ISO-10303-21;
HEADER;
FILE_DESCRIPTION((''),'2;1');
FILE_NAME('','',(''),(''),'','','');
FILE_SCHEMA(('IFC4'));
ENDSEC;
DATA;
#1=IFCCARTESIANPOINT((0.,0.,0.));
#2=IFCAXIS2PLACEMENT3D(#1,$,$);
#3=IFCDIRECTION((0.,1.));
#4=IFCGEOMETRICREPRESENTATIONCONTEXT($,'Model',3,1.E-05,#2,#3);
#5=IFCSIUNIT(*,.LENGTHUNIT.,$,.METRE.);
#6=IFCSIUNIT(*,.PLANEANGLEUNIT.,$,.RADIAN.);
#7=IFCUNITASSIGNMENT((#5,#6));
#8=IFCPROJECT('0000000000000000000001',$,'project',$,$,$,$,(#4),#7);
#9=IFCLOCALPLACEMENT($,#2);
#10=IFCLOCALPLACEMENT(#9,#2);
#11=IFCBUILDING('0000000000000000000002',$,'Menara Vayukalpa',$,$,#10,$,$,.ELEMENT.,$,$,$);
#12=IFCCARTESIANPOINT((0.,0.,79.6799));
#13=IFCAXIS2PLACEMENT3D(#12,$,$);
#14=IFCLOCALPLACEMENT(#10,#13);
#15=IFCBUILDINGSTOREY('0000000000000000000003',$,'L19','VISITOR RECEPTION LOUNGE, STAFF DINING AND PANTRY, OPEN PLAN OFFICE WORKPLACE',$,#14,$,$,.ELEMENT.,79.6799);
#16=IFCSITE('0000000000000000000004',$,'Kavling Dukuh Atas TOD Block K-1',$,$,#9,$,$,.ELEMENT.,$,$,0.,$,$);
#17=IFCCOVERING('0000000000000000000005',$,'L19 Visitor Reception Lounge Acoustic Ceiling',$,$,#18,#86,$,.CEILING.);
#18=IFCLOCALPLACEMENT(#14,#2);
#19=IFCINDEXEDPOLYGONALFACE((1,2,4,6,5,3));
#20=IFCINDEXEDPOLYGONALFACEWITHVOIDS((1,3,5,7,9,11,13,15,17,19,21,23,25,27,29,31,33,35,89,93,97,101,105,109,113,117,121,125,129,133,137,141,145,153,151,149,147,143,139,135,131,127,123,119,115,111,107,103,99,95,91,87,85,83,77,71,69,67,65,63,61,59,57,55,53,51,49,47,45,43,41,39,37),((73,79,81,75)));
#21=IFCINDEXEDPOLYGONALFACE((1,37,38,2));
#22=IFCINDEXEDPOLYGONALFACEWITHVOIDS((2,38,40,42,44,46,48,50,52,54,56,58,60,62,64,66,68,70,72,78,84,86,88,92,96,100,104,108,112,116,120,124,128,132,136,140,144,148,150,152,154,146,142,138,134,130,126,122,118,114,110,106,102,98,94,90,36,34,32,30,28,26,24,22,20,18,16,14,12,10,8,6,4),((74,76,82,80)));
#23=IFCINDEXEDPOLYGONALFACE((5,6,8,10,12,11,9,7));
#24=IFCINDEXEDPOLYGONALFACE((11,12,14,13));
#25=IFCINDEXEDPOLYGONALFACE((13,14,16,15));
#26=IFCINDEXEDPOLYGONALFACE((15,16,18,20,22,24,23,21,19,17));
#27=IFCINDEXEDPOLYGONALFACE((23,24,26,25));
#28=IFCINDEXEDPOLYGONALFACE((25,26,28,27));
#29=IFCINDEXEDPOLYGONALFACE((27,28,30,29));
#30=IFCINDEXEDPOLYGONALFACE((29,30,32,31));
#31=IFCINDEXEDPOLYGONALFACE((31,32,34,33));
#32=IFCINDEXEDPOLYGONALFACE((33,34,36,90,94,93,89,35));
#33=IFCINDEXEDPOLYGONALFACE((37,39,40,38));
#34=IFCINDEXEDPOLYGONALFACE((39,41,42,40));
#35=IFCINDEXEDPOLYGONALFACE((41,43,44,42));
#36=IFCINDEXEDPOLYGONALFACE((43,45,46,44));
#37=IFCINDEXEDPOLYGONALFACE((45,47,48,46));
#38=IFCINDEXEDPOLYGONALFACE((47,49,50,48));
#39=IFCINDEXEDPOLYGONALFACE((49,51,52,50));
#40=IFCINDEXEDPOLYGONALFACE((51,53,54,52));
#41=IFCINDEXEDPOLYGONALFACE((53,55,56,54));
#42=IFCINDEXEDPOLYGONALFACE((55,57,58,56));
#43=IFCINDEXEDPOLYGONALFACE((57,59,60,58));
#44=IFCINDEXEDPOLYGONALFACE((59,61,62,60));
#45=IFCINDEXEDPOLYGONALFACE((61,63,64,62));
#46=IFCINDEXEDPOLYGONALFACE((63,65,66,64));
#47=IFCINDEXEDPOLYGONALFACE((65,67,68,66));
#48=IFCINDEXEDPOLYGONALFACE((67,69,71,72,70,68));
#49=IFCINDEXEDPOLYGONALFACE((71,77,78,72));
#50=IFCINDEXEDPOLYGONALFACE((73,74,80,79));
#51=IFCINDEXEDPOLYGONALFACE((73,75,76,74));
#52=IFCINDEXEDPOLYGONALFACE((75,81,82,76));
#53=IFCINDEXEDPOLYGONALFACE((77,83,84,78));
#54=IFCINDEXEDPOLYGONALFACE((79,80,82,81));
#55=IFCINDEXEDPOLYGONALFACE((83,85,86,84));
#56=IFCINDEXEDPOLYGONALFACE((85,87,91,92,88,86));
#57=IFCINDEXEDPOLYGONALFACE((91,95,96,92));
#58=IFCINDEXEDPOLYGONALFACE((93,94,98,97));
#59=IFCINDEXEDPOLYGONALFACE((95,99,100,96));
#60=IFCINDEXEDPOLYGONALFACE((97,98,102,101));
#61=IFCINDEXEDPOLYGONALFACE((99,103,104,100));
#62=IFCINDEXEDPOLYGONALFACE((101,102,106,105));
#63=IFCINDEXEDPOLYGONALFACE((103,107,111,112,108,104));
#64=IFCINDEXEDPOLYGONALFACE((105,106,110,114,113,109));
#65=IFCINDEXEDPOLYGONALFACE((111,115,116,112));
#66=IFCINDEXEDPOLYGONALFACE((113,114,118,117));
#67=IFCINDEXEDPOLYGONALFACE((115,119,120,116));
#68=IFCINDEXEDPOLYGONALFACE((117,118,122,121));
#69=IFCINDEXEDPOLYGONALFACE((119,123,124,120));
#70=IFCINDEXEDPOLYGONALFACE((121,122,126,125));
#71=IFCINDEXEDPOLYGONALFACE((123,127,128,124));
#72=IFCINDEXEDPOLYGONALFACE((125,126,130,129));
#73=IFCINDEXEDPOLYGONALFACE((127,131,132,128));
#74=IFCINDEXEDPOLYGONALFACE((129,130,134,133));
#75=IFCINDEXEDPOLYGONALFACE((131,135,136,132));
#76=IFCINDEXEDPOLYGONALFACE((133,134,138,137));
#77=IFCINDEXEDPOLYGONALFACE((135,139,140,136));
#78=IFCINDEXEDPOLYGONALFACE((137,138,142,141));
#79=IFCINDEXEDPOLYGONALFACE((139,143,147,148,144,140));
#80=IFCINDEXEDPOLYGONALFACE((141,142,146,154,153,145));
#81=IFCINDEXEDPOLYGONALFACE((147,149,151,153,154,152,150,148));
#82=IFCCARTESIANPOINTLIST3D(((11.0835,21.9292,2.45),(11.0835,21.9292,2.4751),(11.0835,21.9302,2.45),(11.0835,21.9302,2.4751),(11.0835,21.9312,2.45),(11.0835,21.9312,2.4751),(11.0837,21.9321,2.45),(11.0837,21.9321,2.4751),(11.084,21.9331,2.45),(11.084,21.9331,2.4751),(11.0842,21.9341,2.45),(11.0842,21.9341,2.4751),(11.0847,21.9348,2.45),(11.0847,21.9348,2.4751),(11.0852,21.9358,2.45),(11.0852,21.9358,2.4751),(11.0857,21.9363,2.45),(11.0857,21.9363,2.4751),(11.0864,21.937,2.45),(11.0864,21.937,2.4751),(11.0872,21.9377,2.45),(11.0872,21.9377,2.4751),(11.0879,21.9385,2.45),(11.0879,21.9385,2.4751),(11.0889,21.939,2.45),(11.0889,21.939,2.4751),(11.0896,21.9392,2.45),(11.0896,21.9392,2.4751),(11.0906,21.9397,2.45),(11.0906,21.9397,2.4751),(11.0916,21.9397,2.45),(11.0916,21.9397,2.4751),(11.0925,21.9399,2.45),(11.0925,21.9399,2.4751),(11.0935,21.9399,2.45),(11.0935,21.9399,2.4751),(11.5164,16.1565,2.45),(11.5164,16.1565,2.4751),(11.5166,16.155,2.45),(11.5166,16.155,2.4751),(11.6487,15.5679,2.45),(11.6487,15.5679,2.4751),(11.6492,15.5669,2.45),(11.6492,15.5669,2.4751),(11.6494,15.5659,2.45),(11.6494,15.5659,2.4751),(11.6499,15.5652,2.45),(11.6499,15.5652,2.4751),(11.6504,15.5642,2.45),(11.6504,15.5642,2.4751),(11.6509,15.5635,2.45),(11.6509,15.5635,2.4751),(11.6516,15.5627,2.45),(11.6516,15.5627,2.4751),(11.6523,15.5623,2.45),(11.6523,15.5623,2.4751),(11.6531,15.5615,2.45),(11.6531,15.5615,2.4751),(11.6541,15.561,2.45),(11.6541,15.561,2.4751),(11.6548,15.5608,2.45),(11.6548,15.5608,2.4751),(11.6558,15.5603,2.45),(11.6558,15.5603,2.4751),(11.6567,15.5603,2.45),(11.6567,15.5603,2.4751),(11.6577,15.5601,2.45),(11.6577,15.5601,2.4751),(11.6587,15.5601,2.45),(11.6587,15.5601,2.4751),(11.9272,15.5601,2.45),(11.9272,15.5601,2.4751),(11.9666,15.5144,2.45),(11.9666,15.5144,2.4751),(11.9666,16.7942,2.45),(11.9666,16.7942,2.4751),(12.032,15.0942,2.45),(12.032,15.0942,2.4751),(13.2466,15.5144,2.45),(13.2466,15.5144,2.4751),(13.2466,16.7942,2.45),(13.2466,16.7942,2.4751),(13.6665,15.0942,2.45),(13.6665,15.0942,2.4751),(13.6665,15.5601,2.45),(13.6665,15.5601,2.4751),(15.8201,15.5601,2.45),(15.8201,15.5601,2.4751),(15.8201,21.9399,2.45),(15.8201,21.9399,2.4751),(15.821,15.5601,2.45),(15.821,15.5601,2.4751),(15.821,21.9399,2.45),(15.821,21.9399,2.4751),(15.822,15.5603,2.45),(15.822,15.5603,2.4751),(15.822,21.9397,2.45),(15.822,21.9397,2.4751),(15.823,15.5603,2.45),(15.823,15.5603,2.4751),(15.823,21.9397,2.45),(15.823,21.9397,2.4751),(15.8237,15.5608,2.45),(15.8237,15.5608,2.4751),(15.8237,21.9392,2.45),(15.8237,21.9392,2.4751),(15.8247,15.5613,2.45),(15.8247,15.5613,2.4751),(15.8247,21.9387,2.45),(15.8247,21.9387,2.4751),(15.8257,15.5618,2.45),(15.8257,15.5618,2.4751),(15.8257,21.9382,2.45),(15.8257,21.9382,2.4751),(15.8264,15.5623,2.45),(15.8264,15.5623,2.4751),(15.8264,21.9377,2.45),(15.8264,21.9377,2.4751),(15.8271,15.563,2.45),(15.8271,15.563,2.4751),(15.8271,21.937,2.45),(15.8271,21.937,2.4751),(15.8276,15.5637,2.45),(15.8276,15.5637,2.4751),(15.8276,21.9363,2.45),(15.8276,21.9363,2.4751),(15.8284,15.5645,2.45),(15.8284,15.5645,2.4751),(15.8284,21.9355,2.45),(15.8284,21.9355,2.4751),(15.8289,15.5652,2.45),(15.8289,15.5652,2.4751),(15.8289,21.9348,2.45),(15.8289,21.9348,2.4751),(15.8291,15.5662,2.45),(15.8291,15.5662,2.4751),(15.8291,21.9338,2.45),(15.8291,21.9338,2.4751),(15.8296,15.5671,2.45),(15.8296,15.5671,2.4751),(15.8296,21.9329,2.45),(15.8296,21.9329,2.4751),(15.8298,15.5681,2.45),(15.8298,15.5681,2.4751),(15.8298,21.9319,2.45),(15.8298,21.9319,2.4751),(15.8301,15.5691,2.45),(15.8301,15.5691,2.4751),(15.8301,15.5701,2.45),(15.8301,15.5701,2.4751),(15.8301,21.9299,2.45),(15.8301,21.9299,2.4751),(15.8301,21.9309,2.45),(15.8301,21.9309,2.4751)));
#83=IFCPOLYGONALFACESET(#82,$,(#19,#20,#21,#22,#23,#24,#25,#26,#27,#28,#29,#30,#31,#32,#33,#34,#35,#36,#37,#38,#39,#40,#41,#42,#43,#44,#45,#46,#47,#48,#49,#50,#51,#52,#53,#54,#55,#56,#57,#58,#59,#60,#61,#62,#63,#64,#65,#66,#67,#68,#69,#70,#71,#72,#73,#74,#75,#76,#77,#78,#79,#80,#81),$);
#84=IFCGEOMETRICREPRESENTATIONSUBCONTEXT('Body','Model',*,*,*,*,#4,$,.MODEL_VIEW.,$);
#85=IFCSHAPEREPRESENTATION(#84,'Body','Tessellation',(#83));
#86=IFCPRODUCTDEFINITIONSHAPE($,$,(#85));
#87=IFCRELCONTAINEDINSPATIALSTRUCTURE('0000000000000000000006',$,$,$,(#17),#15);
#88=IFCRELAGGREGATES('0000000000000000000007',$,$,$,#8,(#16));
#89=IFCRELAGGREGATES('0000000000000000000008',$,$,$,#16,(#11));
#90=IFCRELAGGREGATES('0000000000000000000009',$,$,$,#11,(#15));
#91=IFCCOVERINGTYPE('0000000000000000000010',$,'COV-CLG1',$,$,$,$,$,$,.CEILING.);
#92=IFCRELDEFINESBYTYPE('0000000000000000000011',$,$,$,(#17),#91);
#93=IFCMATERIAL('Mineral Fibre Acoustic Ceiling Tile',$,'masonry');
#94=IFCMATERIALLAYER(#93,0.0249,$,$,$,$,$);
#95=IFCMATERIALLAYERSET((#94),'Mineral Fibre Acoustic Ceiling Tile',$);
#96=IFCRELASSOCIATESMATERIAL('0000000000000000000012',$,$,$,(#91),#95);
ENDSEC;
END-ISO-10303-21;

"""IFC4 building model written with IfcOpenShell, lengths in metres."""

from ifc_helpers import new_model, si_unit, direction, frame, origin, place, context, subcontext, project, spatial, polyline, outline, extrude, material, layer, layer_set, type_object, element, save


model = new_model("IFC4")

# Units and contexts
model_context = context("Model", 3, precision=1e-05, world=origin(), true_north=direction((0.0, 1.0)))
body_context = subcontext(model_context, "Body", "Model", "MODEL_VIEW")
ifc_project = project(units=[si_unit("LENGTHUNIT", "METRE"), si_unit("PLANEANGLEUNIT", "RADIAN")], contexts=[model_context])

# Site, building, storey
site_placement = place(None, origin())
site = spatial("IfcSite", under=ifc_project, at=site_placement, Name="Kavling Dukuh Atas TOD Block K-1", CompositionType="ELEMENT", RefElevation=0.0)
building_placement = place(site_placement, origin())
building = spatial("IfcBuilding", under=site, at=building_placement, Name="Menara Vayukalpa", CompositionType="ELEMENT")
storey_placement = place(building_placement, frame((0.0, 0.0, 79.6799)))
storey = spatial("IfcBuildingStorey", under=building, at=storey_placement, Name="L19", Description="VISITOR RECEPTION LOUNGE, STAFF DINING AND PANTRY, OPEN PLAN OFFICE WORKPLACE", CompositionType="ELEMENT", Elevation=79.6799)

# Covering
ifc_material_1 = material(Name="Mineral Fibre Acoustic Ceiling Tile", Category="masonry")
ifc_layer_1 = layer(ifc_material_1, 0.0249)
ifc_layer_set_1 = layer_set([ifc_layer_1], Name="Mineral Fibre Acoustic Ceiling Tile")
covering_type_1 = type_object("IfcCoveringType", Name="COV-CLG1", PredefinedType="CEILING", material=ifc_layer_set_1)
covering_1_placement = place(storey_placement, frame((0.0, 0.0, 2.45)))
element("IfcCovering", 1, at=covering_1_placement, inside=storey, type_object=covering_type_1, Name="L19 Visitor Reception Lounge Acoustic Ceiling", PredefinedType="CEILING", context=body_context, shape_type="SweptSolid", body=[
    extrude(outline(polyline([(11.6587, 15.5601), (11.6577, 15.5601), (11.6567, 15.5603), (11.6558, 15.5603), (11.6548, 15.5608), (11.6541, 15.561), (11.6531, 15.5615), (11.6523, 15.5623), (11.6516, 15.5627), (11.6509, 15.5635), (11.6504, 15.5642), (11.6499, 15.5652), (11.6494, 15.5659), (11.6492, 15.5669), (11.6487, 15.5679), (11.5166, 16.155), (11.5164, 16.1565), (11.0835, 21.9292), (11.0835, 21.9302), (11.0835, 21.9312), (11.0837, 21.9321), (11.084, 21.9331), (11.0842, 21.9341), (11.0847, 21.9348), (11.0852, 21.9358), (11.0857, 21.9363), (11.0864, 21.937), (11.0872, 21.9377), (11.0879, 21.9385), (11.0889, 21.939), (11.0896, 21.9392), (11.0906, 21.9397), (11.0916, 21.9397), (11.0925, 21.9399), (11.0935, 21.9399), (15.8201, 21.9399), (15.821, 21.9399), (15.822, 21.9397), (15.823, 21.9397), (15.8237, 21.9392), (15.8247, 21.9387), (15.8257, 21.9382), (15.8264, 21.9377), (15.8271, 21.937), (15.8276, 21.9363), (15.8284, 21.9355), (15.8289, 21.9348), (15.8291, 21.9338), (15.8296, 21.9329), (15.8298, 21.9319), (15.8301, 21.9309), (15.8301, 21.9299), (15.8301, 15.5701), (15.8301, 15.5691), (15.8298, 15.5681), (15.8296, 15.5671), (15.8291, 15.5662), (15.8289, 15.5652), (15.8284, 15.5645), (15.8276, 15.5637), (15.8271, 15.563), (15.8264, 15.5623), (15.8257, 15.5618), (15.8247, 15.5613), (15.8237, 15.5608), (15.823, 15.5603), (15.822, 15.5603), (15.821, 15.5601), (15.8201, 15.5601), (13.6665, 15.5601), (13.6665, 15.0942), (12.032, 15.0942), (11.9272, 15.5601), (11.6587, 15.5601)]), holes=[polyline([(13.2466, 16.7942), (11.9666, 16.7942), (11.9666, 15.5144), (13.2466, 15.5144), (13.2466, 16.7942)])]), origin(), (0.0, 0.0, 1.0), 0.0251),
])

save(model, "model.ifc")
